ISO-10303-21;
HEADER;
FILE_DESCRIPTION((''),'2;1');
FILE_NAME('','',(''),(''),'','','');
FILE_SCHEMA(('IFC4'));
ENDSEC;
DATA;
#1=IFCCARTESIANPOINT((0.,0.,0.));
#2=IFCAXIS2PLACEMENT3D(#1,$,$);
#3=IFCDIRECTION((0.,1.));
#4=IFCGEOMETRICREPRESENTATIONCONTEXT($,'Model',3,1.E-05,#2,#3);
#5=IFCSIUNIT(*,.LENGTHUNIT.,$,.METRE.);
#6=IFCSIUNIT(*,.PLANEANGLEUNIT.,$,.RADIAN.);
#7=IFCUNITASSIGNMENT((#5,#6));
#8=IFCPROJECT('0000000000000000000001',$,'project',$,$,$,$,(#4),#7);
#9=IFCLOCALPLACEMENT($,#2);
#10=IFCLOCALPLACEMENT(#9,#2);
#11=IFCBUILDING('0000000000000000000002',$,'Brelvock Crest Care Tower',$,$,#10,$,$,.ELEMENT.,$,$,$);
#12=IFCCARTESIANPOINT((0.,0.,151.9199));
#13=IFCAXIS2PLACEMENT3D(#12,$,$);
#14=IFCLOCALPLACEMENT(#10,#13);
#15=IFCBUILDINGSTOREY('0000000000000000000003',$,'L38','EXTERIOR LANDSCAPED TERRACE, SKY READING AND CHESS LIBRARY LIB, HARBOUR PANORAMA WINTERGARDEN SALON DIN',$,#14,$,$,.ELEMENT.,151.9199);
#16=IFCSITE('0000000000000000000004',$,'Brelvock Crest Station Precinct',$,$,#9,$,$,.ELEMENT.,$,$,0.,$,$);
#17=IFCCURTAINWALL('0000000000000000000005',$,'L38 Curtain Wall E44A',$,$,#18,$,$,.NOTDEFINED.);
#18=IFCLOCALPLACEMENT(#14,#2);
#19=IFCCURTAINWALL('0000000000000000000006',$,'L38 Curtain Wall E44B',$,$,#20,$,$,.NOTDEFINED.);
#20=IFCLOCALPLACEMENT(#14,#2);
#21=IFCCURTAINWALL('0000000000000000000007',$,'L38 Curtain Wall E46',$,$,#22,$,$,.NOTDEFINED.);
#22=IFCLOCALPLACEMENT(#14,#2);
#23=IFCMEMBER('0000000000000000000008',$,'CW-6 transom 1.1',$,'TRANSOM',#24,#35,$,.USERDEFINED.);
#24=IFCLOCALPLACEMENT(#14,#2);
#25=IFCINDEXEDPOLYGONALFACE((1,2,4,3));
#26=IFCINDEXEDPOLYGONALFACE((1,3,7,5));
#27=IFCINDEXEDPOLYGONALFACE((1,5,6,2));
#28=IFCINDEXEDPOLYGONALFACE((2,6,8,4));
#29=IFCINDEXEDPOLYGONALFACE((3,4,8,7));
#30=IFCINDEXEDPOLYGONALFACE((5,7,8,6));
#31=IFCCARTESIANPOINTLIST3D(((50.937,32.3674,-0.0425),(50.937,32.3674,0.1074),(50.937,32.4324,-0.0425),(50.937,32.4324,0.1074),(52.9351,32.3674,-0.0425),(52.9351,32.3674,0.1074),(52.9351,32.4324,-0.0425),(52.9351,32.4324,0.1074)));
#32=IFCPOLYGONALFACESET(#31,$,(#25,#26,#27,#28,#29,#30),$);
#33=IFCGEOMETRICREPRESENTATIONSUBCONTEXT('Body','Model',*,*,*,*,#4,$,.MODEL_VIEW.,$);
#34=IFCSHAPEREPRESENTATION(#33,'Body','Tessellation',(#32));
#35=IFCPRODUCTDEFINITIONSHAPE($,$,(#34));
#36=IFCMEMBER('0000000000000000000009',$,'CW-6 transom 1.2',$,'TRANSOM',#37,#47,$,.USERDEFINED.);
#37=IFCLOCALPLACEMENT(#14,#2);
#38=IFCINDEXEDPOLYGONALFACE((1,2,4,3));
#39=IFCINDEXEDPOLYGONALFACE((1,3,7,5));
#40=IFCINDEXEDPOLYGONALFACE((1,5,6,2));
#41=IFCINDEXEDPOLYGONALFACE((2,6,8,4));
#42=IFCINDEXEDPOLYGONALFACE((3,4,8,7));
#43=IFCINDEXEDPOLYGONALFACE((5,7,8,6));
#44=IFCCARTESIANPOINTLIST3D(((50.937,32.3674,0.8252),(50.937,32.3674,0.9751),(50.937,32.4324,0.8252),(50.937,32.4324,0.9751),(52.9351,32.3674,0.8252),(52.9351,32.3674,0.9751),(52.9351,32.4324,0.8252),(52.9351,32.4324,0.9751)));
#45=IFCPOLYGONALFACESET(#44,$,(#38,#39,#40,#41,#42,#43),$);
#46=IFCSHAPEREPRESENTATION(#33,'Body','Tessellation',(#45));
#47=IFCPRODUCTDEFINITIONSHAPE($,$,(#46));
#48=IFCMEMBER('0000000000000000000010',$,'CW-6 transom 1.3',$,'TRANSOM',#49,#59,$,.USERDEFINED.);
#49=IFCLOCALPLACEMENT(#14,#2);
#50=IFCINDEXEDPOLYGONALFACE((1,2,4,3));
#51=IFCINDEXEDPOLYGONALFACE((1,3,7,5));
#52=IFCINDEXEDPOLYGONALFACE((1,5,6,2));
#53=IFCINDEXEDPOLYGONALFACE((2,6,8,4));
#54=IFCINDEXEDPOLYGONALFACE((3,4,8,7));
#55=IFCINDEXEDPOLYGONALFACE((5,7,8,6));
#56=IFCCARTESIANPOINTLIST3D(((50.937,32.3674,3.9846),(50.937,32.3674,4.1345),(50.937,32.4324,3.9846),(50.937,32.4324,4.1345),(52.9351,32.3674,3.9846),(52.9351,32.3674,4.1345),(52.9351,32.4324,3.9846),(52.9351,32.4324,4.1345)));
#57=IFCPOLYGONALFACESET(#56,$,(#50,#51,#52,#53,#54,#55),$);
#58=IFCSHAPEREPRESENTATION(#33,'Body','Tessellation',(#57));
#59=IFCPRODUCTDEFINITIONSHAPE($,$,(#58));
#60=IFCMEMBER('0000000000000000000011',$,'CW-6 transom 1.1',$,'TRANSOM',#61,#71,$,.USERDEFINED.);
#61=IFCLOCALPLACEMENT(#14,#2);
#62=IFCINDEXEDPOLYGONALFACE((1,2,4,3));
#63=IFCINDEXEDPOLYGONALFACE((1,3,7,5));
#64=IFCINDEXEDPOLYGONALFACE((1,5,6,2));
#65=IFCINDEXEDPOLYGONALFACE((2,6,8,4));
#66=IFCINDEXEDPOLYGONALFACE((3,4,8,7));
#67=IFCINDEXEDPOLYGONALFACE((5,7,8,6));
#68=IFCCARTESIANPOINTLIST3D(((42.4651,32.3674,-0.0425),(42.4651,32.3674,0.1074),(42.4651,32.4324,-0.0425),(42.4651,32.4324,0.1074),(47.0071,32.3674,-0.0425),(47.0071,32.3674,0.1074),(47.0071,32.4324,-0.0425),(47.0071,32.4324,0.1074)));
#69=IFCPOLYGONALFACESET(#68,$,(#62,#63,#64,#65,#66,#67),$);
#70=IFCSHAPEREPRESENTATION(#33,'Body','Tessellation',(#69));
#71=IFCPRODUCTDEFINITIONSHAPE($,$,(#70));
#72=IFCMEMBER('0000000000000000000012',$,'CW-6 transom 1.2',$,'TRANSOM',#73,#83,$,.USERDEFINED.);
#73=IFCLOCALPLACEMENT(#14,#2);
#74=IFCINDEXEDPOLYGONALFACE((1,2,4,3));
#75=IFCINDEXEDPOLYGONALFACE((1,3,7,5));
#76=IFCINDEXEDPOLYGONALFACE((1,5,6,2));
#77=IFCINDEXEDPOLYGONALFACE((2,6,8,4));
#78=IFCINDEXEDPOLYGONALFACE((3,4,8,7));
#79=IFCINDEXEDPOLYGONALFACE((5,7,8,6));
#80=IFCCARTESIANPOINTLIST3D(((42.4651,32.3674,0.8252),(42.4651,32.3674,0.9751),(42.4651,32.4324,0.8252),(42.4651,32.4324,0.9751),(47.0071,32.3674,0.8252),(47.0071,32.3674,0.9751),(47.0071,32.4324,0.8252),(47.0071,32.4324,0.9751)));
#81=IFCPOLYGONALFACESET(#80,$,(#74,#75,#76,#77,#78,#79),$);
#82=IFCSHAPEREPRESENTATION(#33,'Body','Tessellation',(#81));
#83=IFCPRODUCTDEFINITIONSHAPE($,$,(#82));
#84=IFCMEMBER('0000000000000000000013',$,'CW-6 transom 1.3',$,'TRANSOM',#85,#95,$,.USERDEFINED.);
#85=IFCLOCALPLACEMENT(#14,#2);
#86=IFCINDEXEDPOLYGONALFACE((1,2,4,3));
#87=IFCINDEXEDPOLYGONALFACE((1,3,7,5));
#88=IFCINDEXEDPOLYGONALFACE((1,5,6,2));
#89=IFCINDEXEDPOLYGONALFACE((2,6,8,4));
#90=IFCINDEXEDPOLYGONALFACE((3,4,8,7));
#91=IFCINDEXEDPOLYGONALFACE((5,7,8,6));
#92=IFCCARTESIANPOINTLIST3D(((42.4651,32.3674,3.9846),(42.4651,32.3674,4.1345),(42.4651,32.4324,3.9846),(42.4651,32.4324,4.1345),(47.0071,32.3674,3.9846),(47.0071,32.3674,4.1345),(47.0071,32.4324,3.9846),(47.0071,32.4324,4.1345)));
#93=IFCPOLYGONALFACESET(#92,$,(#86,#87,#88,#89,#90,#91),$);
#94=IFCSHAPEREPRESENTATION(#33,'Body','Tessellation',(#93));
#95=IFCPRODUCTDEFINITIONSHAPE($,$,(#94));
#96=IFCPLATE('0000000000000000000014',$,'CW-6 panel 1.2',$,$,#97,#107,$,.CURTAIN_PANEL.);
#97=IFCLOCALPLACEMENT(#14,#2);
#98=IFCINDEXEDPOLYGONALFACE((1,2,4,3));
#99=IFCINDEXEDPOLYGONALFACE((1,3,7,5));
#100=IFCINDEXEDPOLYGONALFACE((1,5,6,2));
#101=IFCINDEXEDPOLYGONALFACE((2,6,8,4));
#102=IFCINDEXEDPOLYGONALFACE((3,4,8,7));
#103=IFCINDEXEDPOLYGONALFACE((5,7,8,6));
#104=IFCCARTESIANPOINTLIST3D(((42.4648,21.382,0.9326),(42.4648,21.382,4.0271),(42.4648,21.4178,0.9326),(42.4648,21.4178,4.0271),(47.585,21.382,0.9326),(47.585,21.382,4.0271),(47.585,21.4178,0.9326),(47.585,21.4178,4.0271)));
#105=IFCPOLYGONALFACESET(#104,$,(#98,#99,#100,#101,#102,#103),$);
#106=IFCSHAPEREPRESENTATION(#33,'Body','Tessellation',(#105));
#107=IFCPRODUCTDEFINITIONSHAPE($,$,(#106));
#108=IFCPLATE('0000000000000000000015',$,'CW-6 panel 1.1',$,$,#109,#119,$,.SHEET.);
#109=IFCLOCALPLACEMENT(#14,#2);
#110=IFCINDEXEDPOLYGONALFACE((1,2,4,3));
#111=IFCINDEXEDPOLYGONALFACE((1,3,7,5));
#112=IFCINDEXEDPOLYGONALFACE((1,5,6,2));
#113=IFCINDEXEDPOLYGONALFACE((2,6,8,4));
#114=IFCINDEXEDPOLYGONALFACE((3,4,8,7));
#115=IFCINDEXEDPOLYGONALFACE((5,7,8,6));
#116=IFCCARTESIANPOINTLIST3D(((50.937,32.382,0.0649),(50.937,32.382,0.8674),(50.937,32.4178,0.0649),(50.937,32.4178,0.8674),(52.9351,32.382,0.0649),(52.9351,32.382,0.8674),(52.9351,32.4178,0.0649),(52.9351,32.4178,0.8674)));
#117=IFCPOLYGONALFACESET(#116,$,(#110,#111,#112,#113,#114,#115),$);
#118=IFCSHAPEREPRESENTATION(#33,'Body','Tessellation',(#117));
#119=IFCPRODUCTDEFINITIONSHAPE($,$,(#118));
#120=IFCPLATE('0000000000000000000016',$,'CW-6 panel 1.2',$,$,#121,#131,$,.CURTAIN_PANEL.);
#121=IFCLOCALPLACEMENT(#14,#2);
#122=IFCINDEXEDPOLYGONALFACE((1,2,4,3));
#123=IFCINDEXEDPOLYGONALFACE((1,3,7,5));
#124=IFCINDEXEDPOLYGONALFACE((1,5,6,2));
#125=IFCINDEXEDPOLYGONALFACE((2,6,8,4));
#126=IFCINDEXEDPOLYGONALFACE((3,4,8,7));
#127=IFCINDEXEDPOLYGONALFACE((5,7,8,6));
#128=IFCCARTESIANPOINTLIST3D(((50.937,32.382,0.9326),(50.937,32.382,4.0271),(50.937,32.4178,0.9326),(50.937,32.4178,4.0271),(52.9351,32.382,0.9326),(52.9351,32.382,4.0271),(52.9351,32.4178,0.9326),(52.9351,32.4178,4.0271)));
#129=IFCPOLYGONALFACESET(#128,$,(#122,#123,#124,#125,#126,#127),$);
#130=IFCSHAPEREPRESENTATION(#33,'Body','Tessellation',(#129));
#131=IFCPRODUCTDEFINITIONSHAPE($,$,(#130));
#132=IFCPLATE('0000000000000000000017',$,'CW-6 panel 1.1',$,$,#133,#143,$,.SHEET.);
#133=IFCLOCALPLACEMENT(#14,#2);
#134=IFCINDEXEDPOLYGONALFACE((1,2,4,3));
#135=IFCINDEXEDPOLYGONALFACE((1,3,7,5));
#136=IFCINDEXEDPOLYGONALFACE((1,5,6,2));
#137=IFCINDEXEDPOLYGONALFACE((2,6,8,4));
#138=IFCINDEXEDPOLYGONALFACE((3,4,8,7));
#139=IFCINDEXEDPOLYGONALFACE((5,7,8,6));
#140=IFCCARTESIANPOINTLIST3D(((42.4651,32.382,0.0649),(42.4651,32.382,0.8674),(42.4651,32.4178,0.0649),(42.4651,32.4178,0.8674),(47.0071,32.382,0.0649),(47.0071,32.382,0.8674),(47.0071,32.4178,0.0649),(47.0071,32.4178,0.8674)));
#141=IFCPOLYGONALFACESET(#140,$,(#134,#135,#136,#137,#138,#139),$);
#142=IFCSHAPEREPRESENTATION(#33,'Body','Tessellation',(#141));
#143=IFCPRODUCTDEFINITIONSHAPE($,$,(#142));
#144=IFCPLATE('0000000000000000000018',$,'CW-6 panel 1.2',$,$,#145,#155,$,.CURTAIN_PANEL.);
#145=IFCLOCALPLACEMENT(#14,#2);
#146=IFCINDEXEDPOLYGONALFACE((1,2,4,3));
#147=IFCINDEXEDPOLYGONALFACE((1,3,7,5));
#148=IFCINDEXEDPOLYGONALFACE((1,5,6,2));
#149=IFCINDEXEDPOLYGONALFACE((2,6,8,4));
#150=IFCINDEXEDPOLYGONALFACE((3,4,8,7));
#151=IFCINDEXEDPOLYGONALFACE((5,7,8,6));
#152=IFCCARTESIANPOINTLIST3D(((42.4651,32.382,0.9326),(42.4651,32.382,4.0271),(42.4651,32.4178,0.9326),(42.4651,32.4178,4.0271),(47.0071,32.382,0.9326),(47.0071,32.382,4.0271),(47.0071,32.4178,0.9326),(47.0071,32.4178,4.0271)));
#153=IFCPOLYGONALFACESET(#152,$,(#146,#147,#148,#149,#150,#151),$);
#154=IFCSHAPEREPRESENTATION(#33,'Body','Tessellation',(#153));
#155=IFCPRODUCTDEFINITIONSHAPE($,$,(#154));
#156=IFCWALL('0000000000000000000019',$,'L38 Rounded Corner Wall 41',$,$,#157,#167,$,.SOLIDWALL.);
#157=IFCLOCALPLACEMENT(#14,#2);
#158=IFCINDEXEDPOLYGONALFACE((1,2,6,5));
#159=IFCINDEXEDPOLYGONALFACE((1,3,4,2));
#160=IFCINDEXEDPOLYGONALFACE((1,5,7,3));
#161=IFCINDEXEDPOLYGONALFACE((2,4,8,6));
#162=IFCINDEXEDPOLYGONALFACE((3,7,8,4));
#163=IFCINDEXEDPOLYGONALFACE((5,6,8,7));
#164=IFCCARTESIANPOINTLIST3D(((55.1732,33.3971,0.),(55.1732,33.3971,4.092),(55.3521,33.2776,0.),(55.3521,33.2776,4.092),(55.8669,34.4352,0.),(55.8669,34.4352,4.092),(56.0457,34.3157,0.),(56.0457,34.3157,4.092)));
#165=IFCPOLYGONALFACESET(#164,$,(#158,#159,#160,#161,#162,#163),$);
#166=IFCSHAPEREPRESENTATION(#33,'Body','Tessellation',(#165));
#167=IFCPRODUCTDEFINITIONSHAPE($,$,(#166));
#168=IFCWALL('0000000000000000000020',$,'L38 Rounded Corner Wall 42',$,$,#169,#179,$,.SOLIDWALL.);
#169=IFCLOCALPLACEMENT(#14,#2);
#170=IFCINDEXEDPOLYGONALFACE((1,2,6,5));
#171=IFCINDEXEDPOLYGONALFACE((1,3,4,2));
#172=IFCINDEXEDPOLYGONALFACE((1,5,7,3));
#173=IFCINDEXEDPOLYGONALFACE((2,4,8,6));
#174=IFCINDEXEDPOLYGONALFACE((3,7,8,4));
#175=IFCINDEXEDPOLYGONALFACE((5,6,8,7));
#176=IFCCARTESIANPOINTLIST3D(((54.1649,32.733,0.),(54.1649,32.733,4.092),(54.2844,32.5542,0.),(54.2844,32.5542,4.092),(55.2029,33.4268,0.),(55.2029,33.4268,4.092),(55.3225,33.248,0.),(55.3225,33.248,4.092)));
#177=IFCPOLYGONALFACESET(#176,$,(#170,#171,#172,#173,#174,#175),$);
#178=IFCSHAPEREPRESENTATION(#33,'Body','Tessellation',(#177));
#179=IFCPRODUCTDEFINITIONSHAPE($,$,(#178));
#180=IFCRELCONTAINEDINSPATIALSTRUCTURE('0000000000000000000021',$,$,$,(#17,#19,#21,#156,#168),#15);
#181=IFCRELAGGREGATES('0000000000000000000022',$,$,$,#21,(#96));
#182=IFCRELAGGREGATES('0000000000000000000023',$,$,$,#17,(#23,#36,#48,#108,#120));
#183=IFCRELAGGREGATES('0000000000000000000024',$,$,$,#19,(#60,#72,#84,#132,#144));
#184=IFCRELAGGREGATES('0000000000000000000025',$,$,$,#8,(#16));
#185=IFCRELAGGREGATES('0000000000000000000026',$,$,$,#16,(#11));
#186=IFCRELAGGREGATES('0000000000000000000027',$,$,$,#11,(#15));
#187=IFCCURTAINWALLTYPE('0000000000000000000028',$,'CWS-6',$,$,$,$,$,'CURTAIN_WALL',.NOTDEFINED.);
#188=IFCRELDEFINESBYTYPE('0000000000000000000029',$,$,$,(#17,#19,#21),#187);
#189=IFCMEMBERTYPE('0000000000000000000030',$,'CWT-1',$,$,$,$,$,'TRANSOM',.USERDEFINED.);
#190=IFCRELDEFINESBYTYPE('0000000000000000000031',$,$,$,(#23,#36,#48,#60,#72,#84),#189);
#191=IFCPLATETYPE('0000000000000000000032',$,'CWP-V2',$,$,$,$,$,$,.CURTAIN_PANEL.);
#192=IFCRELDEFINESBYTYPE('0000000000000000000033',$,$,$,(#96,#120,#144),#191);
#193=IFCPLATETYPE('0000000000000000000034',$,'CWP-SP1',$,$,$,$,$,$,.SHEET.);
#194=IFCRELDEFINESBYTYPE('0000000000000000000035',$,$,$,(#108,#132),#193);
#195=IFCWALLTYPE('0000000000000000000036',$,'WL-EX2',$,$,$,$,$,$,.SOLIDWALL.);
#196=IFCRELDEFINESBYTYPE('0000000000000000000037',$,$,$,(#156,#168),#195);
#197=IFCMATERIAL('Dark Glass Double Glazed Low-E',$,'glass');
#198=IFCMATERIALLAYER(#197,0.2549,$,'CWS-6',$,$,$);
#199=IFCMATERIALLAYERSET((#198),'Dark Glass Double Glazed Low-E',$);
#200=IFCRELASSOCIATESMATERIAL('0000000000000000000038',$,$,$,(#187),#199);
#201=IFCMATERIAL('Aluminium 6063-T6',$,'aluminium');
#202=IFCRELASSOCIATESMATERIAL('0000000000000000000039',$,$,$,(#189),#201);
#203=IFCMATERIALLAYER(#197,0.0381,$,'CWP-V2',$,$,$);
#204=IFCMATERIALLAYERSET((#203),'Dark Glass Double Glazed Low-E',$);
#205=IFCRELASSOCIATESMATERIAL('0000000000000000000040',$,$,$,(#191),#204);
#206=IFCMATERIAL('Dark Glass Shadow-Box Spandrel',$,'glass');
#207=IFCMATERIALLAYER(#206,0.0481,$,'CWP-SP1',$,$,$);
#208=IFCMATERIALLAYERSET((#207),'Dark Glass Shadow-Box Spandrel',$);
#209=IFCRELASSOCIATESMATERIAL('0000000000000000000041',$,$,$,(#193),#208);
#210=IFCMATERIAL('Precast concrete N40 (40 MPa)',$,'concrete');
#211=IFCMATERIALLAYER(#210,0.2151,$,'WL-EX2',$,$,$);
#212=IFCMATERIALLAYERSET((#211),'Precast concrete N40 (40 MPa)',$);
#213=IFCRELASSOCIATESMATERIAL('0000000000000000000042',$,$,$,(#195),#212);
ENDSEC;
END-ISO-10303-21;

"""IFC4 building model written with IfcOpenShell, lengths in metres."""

from ifc_helpers import new_model, si_unit, direction, frame, frame_2d, origin, origin_2d, place, context, subcontext, project, spatial, rectangle, extrude, source, transform, mapped, material, layer, layer_set, material_profile, profile_set, type_object, element, aggregate, save


model = new_model("IFC4")

# Units and contexts
model_context = context("Model", 3, precision=1e-05, world=origin(), true_north=direction((0.0, 1.0)))
body_context = subcontext(model_context, "Body", "Model", "MODEL_VIEW")
ifc_project = project(units=[si_unit("LENGTHUNIT", "METRE"), si_unit("PLANEANGLEUNIT", "RADIAN")], contexts=[model_context])

# Site, building, storey
site_placement = place(None, origin())
site = spatial("IfcSite", under=ifc_project, at=site_placement, Name="Brelvock Crest Station Precinct", CompositionType="ELEMENT", RefElevation=0.0)
building_placement = place(site_placement, origin())
building = spatial("IfcBuilding", under=site, at=building_placement, Name="Brelvock Crest Care Tower", CompositionType="ELEMENT")
storey_placement = place(building_placement, frame((0.0, 0.0, 151.9199)))
storey = spatial("IfcBuildingStorey", under=building, at=storey_placement, Name="L38", Description="EXTERIOR LANDSCAPED TERRACE, SKY READING AND CHESS LIBRARY LIB, HARBOUR PANORAMA WINTERGARDEN SALON DIN", CompositionType="ELEMENT", Elevation=151.9199)

# Curtain wall
ifc_material_1 = material(Name="Dark Glass Double Glazed Low-E", Category="glass")
ifc_layer_1 = layer(ifc_material_1, 0.2549, Name="CWS-6")
ifc_layer_set_1 = layer_set([ifc_layer_1], Name="Dark Glass Double Glazed Low-E")
curtain_wall_type = type_object("IfcCurtainWallType", Name="CWS-6", ElementType="CURTAIN_WALL", PredefinedType="NOTDEFINED", material=ifc_layer_set_1)
curtain_wall_1_placement = place(storey_placement, origin())
curtain_wall_1 = element("IfcCurtainWall", 1, at=curtain_wall_1_placement, inside=storey, type_object=curtain_wall_type, Name="L38 Curtain Wall E44A", PredefinedType="NOTDEFINED")
ifc_material_2 = material(Name="Aluminium 6063-T6", Category="aluminium")

# Curtain walls
curtain_wall_2_placement = place(storey_placement, origin())
curtain_wall_2 = element("IfcCurtainWall", 2, at=curtain_wall_2_placement, inside=storey, type_object=curtain_wall_type, Name="L38 Curtain Wall E44B", PredefinedType="NOTDEFINED")
curtain_wall_3_placement = place(storey_placement, origin())
curtain_wall_3 = element("IfcCurtainWall", 3, at=curtain_wall_3_placement, inside=storey, type_object=curtain_wall_type, Name="L38 Curtain Wall E46", PredefinedType="NOTDEFINED")

# Members
ifc_material_profile_1 = material_profile(ifc_material_2, rectangle(XDim=0.0649, YDim=0.1499, at=origin_2d()), Name="ALU65x150")
ifc_profile_set_1 = profile_set([ifc_material_profile_1], Name="Aluminium 6063-T6")
member_type_1 = type_object("IfcMemberType", Name="CWT-1", ElementType="TRANSOM", PredefinedType="USERDEFINED", material=ifc_profile_set_1)
shared_shape_1 = source(origin(), body_context, "Body", "SweptSolid", [
    extrude(rectangle(XDim=0.0649, YDim=0.1499, at=origin_2d()), origin(), (0.0, 0.0, 1.0), 1.998),
])
member_1_placement = place(storey_placement, frame((52.9351, 32.3999, 0.0325), z_axis=(-1.0, 0.0, 0.0), x_axis=(0.0, -1.0, 0.0)))
member_1 = element("IfcMember", 4, at=member_1_placement, type_object=member_type_1, Name="CW-6 transom 1.1", ObjectType="TRANSOM", PredefinedType="USERDEFINED", context=body_context, shape_type="MappedRepresentation", body=[
    mapped(shared_shape_1, transform((0.0, 0.0, 0.0), x_axis=(1.0, 0.0, 0.0), y_axis=(0.0, 1.0, 0.0), z_axis=(0.0, 0.0, 1.0), scale=1.0)),
])
member_2_placement = place(storey_placement, frame((52.9351, 32.3999, 0.9001), z_axis=(-1.0, 0.0, 0.0), x_axis=(0.0, -1.0, 0.0)))
member_2 = element("IfcMember", 5, at=member_2_placement, type_object=member_type_1, Name="CW-6 transom 1.2", ObjectType="TRANSOM", PredefinedType="USERDEFINED", context=body_context, shape_type="MappedRepresentation", body=[
    mapped(shared_shape_1, transform((0.0, 0.0, 0.0), x_axis=(1.0, 0.0, 0.0), y_axis=(0.0, 1.0, 0.0), z_axis=(0.0, 0.0, 1.0), scale=1.0)),
])
member_3_placement = place(storey_placement, frame((52.9351, 32.3999, 4.0596), z_axis=(-1.0, 0.0, 0.0), x_axis=(0.0, -1.0, 0.0)))
member_3 = element("IfcMember", 6, at=member_3_placement, type_object=member_type_1, Name="CW-6 transom 1.3", ObjectType="TRANSOM", PredefinedType="USERDEFINED", context=body_context, shape_type="MappedRepresentation", body=[
    mapped(shared_shape_1, transform((0.0, 0.0, 0.0), x_axis=(1.0, 0.0, 0.0), y_axis=(0.0, 1.0, 0.0), z_axis=(0.0, 0.0, 1.0), scale=1.0)),
])
shared_shape_2 = source(origin(), body_context, "Body", "SweptSolid", [
    extrude(rectangle(XDim=0.0649, YDim=0.1499, at=origin_2d()), origin(), (0.0, 0.0, 1.0), 4.542),
])
member_4_placement = place(storey_placement, frame((47.0071, 32.3999, 0.0325), z_axis=(-1.0, 0.0, 0.0), x_axis=(0.0, -1.0, 0.0)))
member_4 = element("IfcMember", 7, at=member_4_placement, type_object=member_type_1, Name="CW-6 transom 1.1", ObjectType="TRANSOM", PredefinedType="USERDEFINED", context=body_context, shape_type="MappedRepresentation", body=[
    mapped(shared_shape_2, transform((0.0, 0.0, 0.0), x_axis=(1.0, 0.0, 0.0), y_axis=(0.0, 1.0, 0.0), z_axis=(0.0, 0.0, 1.0), scale=1.0)),
])
member_5_placement = place(storey_placement, frame((47.0071, 32.3999, 0.9001), z_axis=(-1.0, 0.0, 0.0), x_axis=(0.0, -1.0, 0.0)))
member_5 = element("IfcMember", 8, at=member_5_placement, type_object=member_type_1, Name="CW-6 transom 1.2", ObjectType="TRANSOM", PredefinedType="USERDEFINED", context=body_context, shape_type="MappedRepresentation", body=[
    mapped(shared_shape_2, transform((0.0, 0.0, 0.0), x_axis=(1.0, 0.0, 0.0), y_axis=(0.0, 1.0, 0.0), z_axis=(0.0, 0.0, 1.0), scale=1.0)),
])
member_6_placement = place(storey_placement, frame((47.0071, 32.3999, 4.0596), z_axis=(-1.0, 0.0, 0.0), x_axis=(0.0, -1.0, 0.0)))
member_6 = element("IfcMember", 9, at=member_6_placement, type_object=member_type_1, Name="CW-6 transom 1.3", ObjectType="TRANSOM", PredefinedType="USERDEFINED", context=body_context, shape_type="MappedRepresentation", body=[
    mapped(shared_shape_2, transform((0.0, 0.0, 0.0), x_axis=(1.0, 0.0, 0.0), y_axis=(0.0, 1.0, 0.0), z_axis=(0.0, 0.0, 1.0), scale=1.0)),
])

# Plates
ifc_layer_2 = layer(ifc_material_1, 0.0381, Name="CWP-V2")
ifc_layer_set_2 = layer_set([ifc_layer_2], Name="Dark Glass Double Glazed Low-E")
plate_type_1 = type_object("IfcPlateType", Name="CWP-V2", PredefinedType="CURTAIN_PANEL", material=ifc_layer_set_2)
shared_shape_3 = source(origin(), body_context, "Body", "SweptSolid", [
    extrude(rectangle(XDim=5.1201, YDim=0.0359, at=origin_2d()), origin(), (0.0, 0.0, 1.0), 3.0945),
])
plate_1_placement = place(storey_placement, frame((45.0249, 21.3999, 0.9326), z_axis=(0.0, 0.0, 1.0), x_axis=(1.0, 0.0, 0.0)))
plate_1 = element("IfcPlate", 10, at=plate_1_placement, type_object=plate_type_1, Name="CW-6 panel 1.2", PredefinedType="CURTAIN_PANEL", context=body_context, shape_type="MappedRepresentation", body=[
    mapped(shared_shape_3, transform((0.0, 0.0, 0.0), x_axis=(1.0, 0.0, 0.0), y_axis=(0.0, 1.0, 0.0), z_axis=(0.0, 0.0, 1.0), scale=1.0)),
])
aggregate(curtain_wall_3, [plate_1])
ifc_material_3 = material(Name="Dark Glass Shadow-Box Spandrel", Category="glass")
ifc_layer_3 = layer(ifc_material_3, 0.0481, Name="CWP-SP1")
ifc_layer_set_3 = layer_set([ifc_layer_3], Name="Dark Glass Shadow-Box Spandrel")
plate_type_2 = type_object("IfcPlateType", Name="CWP-SP1", PredefinedType="SHEET", material=ifc_layer_set_3)
shared_shape_4 = source(origin(), body_context, "Body", "SweptSolid", [
    extrude(rectangle(XDim=1.998, YDim=0.0359, at=origin_2d()), origin(), (0.0, 0.0, 1.0), 0.8025),
])
plate_2_placement = place(storey_placement, frame((51.936, 32.3999, 0.0649), z_axis=(0.0, 0.0, 1.0), x_axis=(-1.0, 0.0, 0.0)))
plate_2 = element("IfcPlate", 11, at=plate_2_placement, type_object=plate_type_2, Name="CW-6 panel 1.1", PredefinedType="SHEET", context=body_context, shape_type="MappedRepresentation", body=[
    mapped(shared_shape_4, transform((0.0, 0.0, 0.0), x_axis=(1.0, 0.0, 0.0), y_axis=(0.0, 1.0, 0.0), z_axis=(0.0, 0.0, 1.0), scale=1.0)),
])
shared_shape_5 = source(origin(), body_context, "Body", "SweptSolid", [
    extrude(rectangle(XDim=1.998, YDim=0.0359, at=origin_2d()), origin(), (0.0, 0.0, 1.0), 3.0945),
])
plate_3_placement = place(storey_placement, frame((51.936, 32.3999, 0.9326), z_axis=(0.0, 0.0, 1.0), x_axis=(-1.0, 0.0, 0.0)))
plate_3 = element("IfcPlate", 12, at=plate_3_placement, type_object=plate_type_1, Name="CW-6 panel 1.2", PredefinedType="CURTAIN_PANEL", context=body_context, shape_type="MappedRepresentation", body=[
    mapped(shared_shape_5, transform((0.0, 0.0, 0.0), x_axis=(1.0, 0.0, 0.0), y_axis=(0.0, 1.0, 0.0), z_axis=(0.0, 0.0, 1.0), scale=1.0)),
])
aggregate(curtain_wall_1, [member_1, member_2, member_3, plate_2, plate_3])
shared_shape_6 = source(origin(), body_context, "Body", "SweptSolid", [
    extrude(rectangle(XDim=4.542, YDim=0.0359, at=origin_2d()), origin(), (0.0, 0.0, 1.0), 0.8025),
])
plate_4_placement = place(storey_placement, frame((44.7361, 32.3999, 0.0649), z_axis=(0.0, 0.0, 1.0), x_axis=(-1.0, 0.0, 0.0)))
plate_4 = element("IfcPlate", 13, at=plate_4_placement, type_object=plate_type_2, Name="CW-6 panel 1.1", PredefinedType="SHEET", context=body_context, shape_type="MappedRepresentation", body=[
    mapped(shared_shape_6, transform((0.0, 0.0, 0.0), x_axis=(1.0, 0.0, 0.0), y_axis=(0.0, 1.0, 0.0), z_axis=(0.0, 0.0, 1.0), scale=1.0)),
])
shared_shape_7 = source(origin(), body_context, "Body", "SweptSolid", [
    extrude(rectangle(XDim=4.542, YDim=0.0359, at=origin_2d()), origin(), (0.0, 0.0, 1.0), 3.0945),
])
plate_5_placement = place(storey_placement, frame((44.7361, 32.3999, 0.9326), z_axis=(0.0, 0.0, 1.0), x_axis=(-1.0, 0.0, 0.0)))
plate_5 = element("IfcPlate", 14, at=plate_5_placement, type_object=plate_type_1, Name="CW-6 panel 1.2", PredefinedType="CURTAIN_PANEL", context=body_context, shape_type="MappedRepresentation", body=[
    mapped(shared_shape_7, transform((0.0, 0.0, 0.0), x_axis=(1.0, 0.0, 0.0), y_axis=(0.0, 1.0, 0.0), z_axis=(0.0, 0.0, 1.0), scale=1.0)),
])
aggregate(curtain_wall_2, [member_4, member_5, member_6, plate_4, plate_5])

# Shared definitions
ifc_material_4 = material(Name="Precast concrete N40 (40 MPa)", Category="concrete")

# Walls
ifc_layer_4 = layer(ifc_material_4, 0.2151, Name="WL-EX2")
ifc_layer_set_4 = layer_set([ifc_layer_4], Name="Precast concrete N40 (40 MPa)")
wall_type_1 = type_object("IfcWallType", Name="WL-EX2", PredefinedType="SOLIDWALL", material=ifc_layer_set_4)
for number, where, z_axis, x_axis, name in (
    (15, (55.9563, 34.3755, 0.0), (0.0, 0.0, 1.0), (-0.555557, -0.831478, 0.0), "L38 Rounded Corner Wall 41"),
    (16, (55.2627, 33.3374, 0.0), (0.0, 0.0, 1.0), (-0.831388, -0.555692, 0.0), "L38 Rounded Corner Wall 42"),
):
    element("IfcWall", number, at=place(storey_placement, frame(where, z_axis=z_axis, x_axis=x_axis)), inside=storey, type_object=wall_type_1, Name=name, PredefinedType="SOLIDWALL", context=body_context, shape_type="SweptSolid", body=[
        extrude(rectangle(XDim=1.2485, YDim=0.2151, at=frame_2d((0.6243, 0.0))), origin(), (0.0, 0.0, 1.0), 4.092),
    ])

save(model, "model.ifc")
